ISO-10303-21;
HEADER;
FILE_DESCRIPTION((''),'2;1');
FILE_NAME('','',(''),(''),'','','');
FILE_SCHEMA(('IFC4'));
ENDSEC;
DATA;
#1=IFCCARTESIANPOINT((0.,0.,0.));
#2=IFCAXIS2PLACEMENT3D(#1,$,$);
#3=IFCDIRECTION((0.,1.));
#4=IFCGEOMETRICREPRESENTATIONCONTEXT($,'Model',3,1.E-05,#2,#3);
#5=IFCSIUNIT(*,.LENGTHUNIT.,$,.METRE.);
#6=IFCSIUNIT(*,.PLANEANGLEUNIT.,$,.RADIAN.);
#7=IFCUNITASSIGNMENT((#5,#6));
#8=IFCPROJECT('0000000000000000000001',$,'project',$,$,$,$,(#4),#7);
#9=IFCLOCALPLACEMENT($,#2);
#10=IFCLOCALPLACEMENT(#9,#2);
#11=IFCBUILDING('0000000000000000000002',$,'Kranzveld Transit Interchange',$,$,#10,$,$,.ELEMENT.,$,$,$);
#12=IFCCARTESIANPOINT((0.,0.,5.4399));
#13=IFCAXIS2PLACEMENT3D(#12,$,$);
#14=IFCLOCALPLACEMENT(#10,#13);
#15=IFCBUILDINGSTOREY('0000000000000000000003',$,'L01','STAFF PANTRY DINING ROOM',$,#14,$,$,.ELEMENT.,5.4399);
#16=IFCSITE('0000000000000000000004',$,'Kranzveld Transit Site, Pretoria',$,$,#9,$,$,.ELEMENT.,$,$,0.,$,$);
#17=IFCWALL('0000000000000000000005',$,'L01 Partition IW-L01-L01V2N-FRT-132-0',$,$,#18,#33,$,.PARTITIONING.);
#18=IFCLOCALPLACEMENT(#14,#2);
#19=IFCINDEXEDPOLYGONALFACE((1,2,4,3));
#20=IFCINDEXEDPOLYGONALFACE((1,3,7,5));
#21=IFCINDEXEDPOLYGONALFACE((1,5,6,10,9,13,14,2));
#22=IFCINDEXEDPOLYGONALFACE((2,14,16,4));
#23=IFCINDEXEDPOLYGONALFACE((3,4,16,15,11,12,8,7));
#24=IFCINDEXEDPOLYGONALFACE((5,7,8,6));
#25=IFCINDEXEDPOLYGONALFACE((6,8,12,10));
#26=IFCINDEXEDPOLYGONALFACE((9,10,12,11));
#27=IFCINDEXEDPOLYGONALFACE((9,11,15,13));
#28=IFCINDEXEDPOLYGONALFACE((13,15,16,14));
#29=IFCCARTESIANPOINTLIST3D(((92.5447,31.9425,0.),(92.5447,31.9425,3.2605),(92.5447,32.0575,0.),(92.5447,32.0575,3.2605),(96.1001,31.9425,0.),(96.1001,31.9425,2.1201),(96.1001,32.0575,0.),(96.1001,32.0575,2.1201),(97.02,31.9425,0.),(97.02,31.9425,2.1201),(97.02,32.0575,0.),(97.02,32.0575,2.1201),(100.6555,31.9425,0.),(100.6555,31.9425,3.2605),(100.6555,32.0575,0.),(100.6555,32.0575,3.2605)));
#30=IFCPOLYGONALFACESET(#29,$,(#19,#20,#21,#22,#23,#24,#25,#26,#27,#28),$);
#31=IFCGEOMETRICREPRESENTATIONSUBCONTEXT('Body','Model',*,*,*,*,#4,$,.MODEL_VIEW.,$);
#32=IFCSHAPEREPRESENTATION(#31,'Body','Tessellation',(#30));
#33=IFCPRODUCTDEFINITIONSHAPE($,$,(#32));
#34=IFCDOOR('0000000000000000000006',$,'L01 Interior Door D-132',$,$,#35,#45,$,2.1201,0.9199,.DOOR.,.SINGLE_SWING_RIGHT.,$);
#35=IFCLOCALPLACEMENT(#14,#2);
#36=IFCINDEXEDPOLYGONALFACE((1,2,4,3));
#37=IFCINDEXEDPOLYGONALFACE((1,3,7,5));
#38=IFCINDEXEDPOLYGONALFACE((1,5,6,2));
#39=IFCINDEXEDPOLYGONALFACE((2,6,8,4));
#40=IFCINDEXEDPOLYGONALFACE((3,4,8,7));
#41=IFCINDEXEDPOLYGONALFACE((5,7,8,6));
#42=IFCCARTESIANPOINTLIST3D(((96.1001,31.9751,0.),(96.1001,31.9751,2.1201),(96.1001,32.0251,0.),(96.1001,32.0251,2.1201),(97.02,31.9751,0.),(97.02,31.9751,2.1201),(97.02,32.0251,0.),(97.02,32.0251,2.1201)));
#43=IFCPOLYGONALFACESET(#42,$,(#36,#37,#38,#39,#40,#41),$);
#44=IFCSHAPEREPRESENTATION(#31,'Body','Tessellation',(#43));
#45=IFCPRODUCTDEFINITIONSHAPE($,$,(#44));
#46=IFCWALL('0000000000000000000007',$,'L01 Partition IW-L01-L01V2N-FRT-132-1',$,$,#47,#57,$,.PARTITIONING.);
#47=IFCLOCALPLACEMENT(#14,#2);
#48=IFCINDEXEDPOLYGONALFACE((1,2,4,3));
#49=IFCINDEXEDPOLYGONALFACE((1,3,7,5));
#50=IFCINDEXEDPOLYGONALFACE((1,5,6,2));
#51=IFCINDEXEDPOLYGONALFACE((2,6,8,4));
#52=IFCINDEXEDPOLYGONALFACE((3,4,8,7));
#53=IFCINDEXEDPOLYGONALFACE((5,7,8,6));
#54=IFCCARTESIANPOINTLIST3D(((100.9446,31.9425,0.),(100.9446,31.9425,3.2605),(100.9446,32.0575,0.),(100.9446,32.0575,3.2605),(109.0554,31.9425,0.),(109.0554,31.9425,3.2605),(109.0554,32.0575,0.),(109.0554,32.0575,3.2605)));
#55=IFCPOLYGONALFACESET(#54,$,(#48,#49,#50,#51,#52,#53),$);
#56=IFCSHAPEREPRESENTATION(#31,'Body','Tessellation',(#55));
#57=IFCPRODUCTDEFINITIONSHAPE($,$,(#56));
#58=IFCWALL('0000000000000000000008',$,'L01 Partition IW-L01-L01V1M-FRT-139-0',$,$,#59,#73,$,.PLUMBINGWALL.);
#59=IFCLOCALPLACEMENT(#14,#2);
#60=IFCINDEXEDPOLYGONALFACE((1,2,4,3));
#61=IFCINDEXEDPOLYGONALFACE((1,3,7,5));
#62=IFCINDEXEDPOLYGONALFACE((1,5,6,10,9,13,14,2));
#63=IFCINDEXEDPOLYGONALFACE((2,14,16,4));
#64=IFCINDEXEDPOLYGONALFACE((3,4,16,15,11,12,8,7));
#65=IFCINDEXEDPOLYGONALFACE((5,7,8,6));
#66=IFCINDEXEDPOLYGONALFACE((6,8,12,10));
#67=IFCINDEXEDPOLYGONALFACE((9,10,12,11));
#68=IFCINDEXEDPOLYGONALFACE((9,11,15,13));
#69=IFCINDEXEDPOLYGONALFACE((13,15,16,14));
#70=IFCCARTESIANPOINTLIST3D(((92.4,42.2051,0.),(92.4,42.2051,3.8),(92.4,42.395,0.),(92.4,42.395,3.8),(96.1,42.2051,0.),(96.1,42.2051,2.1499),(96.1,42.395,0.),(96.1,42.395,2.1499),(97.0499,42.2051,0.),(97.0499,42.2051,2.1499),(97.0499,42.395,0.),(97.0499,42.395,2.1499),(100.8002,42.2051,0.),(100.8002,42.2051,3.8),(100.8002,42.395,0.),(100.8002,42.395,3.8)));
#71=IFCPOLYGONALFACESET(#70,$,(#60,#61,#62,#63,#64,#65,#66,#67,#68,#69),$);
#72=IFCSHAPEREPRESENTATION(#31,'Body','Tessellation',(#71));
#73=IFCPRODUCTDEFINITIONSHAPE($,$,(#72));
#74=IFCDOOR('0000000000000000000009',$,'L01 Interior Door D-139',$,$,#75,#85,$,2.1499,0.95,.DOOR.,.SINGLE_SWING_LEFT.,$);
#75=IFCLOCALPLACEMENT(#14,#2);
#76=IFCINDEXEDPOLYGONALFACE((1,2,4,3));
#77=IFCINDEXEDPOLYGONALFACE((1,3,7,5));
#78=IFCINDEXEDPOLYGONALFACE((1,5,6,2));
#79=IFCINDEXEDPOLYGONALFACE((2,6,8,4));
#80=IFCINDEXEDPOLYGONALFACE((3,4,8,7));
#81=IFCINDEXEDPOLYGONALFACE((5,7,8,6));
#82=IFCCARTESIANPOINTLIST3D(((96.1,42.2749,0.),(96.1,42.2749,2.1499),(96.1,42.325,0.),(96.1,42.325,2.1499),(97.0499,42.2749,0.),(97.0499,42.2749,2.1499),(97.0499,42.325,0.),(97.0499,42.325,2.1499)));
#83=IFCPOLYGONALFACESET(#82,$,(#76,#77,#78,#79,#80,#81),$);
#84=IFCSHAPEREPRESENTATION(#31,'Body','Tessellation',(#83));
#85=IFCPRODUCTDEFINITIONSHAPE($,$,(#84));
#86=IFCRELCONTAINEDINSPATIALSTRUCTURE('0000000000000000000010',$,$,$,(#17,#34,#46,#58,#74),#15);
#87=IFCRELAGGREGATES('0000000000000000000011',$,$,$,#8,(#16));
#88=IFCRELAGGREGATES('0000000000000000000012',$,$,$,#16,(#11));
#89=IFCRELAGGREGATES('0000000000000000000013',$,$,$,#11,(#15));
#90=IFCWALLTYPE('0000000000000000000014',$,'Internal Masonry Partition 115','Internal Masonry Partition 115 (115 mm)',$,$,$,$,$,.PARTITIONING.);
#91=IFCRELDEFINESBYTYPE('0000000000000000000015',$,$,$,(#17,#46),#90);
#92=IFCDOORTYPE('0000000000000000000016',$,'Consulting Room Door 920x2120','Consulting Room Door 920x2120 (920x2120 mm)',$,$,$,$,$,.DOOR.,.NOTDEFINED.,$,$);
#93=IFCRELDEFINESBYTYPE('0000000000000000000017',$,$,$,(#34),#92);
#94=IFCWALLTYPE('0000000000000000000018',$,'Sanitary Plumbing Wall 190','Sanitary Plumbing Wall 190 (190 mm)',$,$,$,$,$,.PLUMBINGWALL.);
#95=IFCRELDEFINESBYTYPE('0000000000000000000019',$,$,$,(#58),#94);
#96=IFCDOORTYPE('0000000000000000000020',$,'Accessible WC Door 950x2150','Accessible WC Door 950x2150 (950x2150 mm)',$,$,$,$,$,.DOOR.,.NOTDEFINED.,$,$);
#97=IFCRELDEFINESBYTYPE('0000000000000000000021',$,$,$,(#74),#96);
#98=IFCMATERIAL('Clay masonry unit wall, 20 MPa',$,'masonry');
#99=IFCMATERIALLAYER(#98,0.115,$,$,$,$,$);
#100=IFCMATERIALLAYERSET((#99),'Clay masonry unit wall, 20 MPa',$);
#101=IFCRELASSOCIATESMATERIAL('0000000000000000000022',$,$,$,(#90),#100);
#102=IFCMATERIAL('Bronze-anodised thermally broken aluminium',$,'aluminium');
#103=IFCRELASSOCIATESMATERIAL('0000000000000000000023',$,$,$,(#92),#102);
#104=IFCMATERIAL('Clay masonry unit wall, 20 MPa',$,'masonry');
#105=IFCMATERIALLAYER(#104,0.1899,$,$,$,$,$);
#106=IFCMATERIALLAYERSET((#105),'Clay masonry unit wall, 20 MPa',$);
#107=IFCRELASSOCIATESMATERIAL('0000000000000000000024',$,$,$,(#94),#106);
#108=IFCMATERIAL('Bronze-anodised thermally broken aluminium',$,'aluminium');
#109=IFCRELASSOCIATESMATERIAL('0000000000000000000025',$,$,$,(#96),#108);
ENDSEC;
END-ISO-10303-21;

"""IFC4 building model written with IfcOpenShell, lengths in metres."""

from ifc_helpers import new_model, si_unit, direction, frame, frame_2d, origin, place, context, subcontext, project, spatial, rectangle, extrude, material, layer, layer_set, type_object, element, fill, save


model = new_model("IFC4")

# Units and contexts
model_context = context("Model", 3, precision=1e-05, world=origin(), true_north=direction((0.0, 1.0)))
body_context = subcontext(model_context, "Body", "Model", "MODEL_VIEW")
ifc_project = project(units=[si_unit("LENGTHUNIT", "METRE"), si_unit("PLANEANGLEUNIT", "RADIAN")], contexts=[model_context])

# Site, building, storey
site_placement = place(None, origin())
site = spatial("IfcSite", under=ifc_project, at=site_placement, Name="Kranzveld Transit Site, Pretoria", CompositionType="ELEMENT", RefElevation=0.0)
building_placement = place(site_placement, origin())
building = spatial("IfcBuilding", under=site, at=building_placement, Name="Kranzveld Transit Interchange", CompositionType="ELEMENT")
storey_placement = place(building_placement, frame((0.0, 0.0, 5.4399)))
storey = spatial("IfcBuildingStorey", under=building, at=storey_placement, Name="L01", Description="STAFF PANTRY DINING ROOM", CompositionType="ELEMENT", Elevation=5.4399)

# Wall, opening, door
ifc_material_1 = material(Name="Clay masonry unit wall, 20 MPa", Category="masonry")
ifc_layer_1 = layer(ifc_material_1, 0.115)
ifc_layer_set_1 = layer_set([ifc_layer_1], Name="Clay masonry unit wall, 20 MPa")
wall_type_1 = type_object("IfcWallType", Name="Internal Masonry Partition 115", Description="Internal Masonry Partition 115 (115 mm)", PredefinedType="PARTITIONING", material=ifc_layer_set_1)
wall_1_placement = place(storey_placement, frame((92.5447, 32.0, 0.0), z_axis=(0.0, 0.0, 1.0), x_axis=(1.0, 0.0, 0.0)))
wall_1 = element("IfcWall", 1, at=wall_1_placement, inside=storey, type_object=wall_type_1, Name="L01 Partition IW-L01-L01V2N-FRT-132-0", PredefinedType="PARTITIONING", context=body_context, shape_type="SweptSolid", body=[
    extrude(rectangle(XDim=8.1108, YDim=0.115, at=frame_2d((4.0554, 0.0))), origin(), (0.0, 0.0, 1.0), 3.2605),
])
opening_1_placement = place(wall_1_placement, frame((4.4753, 0.0, 0.0), z_axis=(0.0, 0.0, 1.0), x_axis=(-1.0, 0.0, 0.0)))
opening_1 = element("IfcOpeningElement", 2, at=opening_1_placement, cuts=wall_1, PredefinedType="OPENING", context=body_context, shape_type="SweptSolid", body=[
    extrude(rectangle(XDim=0.9199, YDim=2.1201, at=frame_2d((0.46, 1.0601))), frame((0.0, 0.0674, 0.0), z_axis=(0.0, -1.0, 0.0), x_axis=(1.0, 0.0, 0.0)), (0.0, 0.0, 1.0), 0.135),
])
ifc_material_2 = material(Name="Bronze-anodised thermally broken aluminium", Category="aluminium")
door_type_1 = type_object("IfcDoorType", Name="Consulting Room Door 920x2120", Description="Consulting Room Door 920x2120 (920x2120 mm)", OperationType="NOTDEFINED", PredefinedType="DOOR", material=ifc_material_2)
door_1_placement = place(opening_1_placement, origin())
door_1 = element("IfcDoor", 3, at=door_1_placement, inside=storey, type_object=door_type_1, Name="L01 Interior Door D-132", OperationType="SINGLE_SWING_RIGHT", OverallHeight=2.1201, OverallWidth=0.9199, PredefinedType="DOOR", context=body_context, shape_type="SweptSolid", body=[
    extrude(rectangle(XDim=0.9199, YDim=2.1201, at=frame_2d((0.46, 1.0601))), frame((0.0, 0.0249, 0.0), z_axis=(0.0, -1.0, 0.0), x_axis=(1.0, 0.0, 0.0)), (0.0, 0.0, 1.0), 0.05),
])
fill(opening_1, door_1)

# Wall
wall_2_placement = place(storey_placement, frame((100.9446, 32.0, 0.0), z_axis=(0.0, 0.0, 1.0), x_axis=(1.0, 0.0, 0.0)))
element("IfcWall", 4, at=wall_2_placement, inside=storey, type_object=wall_type_1, Name="L01 Partition IW-L01-L01V2N-FRT-132-1", PredefinedType="PARTITIONING", context=body_context, shape_type="SweptSolid", body=[
    extrude(rectangle(XDim=8.1108, YDim=0.115, at=frame_2d((4.0554, 0.0))), origin(), (0.0, 0.0, 1.0), 3.2605),
])

# Wall, opening, door
ifc_material_3 = material(Name="Clay masonry unit wall, 20 MPa", Category="masonry")
ifc_layer_2 = layer(ifc_material_3, 0.1899)
ifc_layer_set_2 = layer_set([ifc_layer_2], Name="Clay masonry unit wall, 20 MPa")
wall_type_2 = type_object("IfcWallType", Name="Sanitary Plumbing Wall 190", Description="Sanitary Plumbing Wall 190 (190 mm)", PredefinedType="PLUMBINGWALL", material=ifc_layer_set_2)
wall_3_placement = place(storey_placement, frame((92.3999, 42.3, 0.0), z_axis=(0.0, 0.0, 1.0), x_axis=(1.0, 0.0, 0.0)))
wall_3 = element("IfcWall", 5, at=wall_3_placement, inside=storey, type_object=wall_type_2, Name="L01 Partition IW-L01-L01V1M-FRT-139-0", PredefinedType="PLUMBINGWALL", context=body_context, shape_type="SweptSolid", body=[
    extrude(rectangle(XDim=8.4001, YDim=0.1899, at=frame_2d((4.2002, 0.0))), origin(), (0.0, 0.0, 1.0), 3.8),
])
opening_2_placement = place(wall_3_placement, frame((3.7, 0.0, 0.0), z_axis=(0.0, 0.0, 1.0), x_axis=(1.0, 0.0, 0.0)))
opening_2 = element("IfcOpeningElement", 6, at=opening_2_placement, cuts=wall_3, PredefinedType="OPENING", context=body_context, shape_type="SweptSolid", body=[
    extrude(rectangle(XDim=0.95, YDim=2.1499, at=frame_2d((0.4751, 1.075))), frame((0.0, 0.105, 0.0), z_axis=(0.0, -1.0, 0.0), x_axis=(1.0, 0.0, 0.0)), (0.0, 0.0, 1.0), 0.21),
])
ifc_material_4 = material(Name="Bronze-anodised thermally broken aluminium", Category="aluminium")
door_type_2 = type_object("IfcDoorType", Name="Accessible WC Door 950x2150", Description="Accessible WC Door 950x2150 (950x2150 mm)", OperationType="NOTDEFINED", PredefinedType="DOOR", material=ifc_material_4)
door_2_placement = place(opening_2_placement, origin())
door_2 = element("IfcDoor", 7, at=door_2_placement, inside=storey, type_object=door_type_2, Name="L01 Interior Door D-139", OperationType="SINGLE_SWING_LEFT", OverallHeight=2.1499, OverallWidth=0.95, PredefinedType="DOOR", context=body_context, shape_type="SweptSolid", body=[
    extrude(rectangle(XDim=0.95, YDim=2.1499, at=frame_2d((0.4751, 1.075))), frame((0.0, 0.0249, 0.0), z_axis=(0.0, -1.0, 0.0), x_axis=(1.0, 0.0, 0.0)), (0.0, 0.0, 1.0), 0.05),
])
fill(opening_2, door_2)

save(model, "model.ifc")
